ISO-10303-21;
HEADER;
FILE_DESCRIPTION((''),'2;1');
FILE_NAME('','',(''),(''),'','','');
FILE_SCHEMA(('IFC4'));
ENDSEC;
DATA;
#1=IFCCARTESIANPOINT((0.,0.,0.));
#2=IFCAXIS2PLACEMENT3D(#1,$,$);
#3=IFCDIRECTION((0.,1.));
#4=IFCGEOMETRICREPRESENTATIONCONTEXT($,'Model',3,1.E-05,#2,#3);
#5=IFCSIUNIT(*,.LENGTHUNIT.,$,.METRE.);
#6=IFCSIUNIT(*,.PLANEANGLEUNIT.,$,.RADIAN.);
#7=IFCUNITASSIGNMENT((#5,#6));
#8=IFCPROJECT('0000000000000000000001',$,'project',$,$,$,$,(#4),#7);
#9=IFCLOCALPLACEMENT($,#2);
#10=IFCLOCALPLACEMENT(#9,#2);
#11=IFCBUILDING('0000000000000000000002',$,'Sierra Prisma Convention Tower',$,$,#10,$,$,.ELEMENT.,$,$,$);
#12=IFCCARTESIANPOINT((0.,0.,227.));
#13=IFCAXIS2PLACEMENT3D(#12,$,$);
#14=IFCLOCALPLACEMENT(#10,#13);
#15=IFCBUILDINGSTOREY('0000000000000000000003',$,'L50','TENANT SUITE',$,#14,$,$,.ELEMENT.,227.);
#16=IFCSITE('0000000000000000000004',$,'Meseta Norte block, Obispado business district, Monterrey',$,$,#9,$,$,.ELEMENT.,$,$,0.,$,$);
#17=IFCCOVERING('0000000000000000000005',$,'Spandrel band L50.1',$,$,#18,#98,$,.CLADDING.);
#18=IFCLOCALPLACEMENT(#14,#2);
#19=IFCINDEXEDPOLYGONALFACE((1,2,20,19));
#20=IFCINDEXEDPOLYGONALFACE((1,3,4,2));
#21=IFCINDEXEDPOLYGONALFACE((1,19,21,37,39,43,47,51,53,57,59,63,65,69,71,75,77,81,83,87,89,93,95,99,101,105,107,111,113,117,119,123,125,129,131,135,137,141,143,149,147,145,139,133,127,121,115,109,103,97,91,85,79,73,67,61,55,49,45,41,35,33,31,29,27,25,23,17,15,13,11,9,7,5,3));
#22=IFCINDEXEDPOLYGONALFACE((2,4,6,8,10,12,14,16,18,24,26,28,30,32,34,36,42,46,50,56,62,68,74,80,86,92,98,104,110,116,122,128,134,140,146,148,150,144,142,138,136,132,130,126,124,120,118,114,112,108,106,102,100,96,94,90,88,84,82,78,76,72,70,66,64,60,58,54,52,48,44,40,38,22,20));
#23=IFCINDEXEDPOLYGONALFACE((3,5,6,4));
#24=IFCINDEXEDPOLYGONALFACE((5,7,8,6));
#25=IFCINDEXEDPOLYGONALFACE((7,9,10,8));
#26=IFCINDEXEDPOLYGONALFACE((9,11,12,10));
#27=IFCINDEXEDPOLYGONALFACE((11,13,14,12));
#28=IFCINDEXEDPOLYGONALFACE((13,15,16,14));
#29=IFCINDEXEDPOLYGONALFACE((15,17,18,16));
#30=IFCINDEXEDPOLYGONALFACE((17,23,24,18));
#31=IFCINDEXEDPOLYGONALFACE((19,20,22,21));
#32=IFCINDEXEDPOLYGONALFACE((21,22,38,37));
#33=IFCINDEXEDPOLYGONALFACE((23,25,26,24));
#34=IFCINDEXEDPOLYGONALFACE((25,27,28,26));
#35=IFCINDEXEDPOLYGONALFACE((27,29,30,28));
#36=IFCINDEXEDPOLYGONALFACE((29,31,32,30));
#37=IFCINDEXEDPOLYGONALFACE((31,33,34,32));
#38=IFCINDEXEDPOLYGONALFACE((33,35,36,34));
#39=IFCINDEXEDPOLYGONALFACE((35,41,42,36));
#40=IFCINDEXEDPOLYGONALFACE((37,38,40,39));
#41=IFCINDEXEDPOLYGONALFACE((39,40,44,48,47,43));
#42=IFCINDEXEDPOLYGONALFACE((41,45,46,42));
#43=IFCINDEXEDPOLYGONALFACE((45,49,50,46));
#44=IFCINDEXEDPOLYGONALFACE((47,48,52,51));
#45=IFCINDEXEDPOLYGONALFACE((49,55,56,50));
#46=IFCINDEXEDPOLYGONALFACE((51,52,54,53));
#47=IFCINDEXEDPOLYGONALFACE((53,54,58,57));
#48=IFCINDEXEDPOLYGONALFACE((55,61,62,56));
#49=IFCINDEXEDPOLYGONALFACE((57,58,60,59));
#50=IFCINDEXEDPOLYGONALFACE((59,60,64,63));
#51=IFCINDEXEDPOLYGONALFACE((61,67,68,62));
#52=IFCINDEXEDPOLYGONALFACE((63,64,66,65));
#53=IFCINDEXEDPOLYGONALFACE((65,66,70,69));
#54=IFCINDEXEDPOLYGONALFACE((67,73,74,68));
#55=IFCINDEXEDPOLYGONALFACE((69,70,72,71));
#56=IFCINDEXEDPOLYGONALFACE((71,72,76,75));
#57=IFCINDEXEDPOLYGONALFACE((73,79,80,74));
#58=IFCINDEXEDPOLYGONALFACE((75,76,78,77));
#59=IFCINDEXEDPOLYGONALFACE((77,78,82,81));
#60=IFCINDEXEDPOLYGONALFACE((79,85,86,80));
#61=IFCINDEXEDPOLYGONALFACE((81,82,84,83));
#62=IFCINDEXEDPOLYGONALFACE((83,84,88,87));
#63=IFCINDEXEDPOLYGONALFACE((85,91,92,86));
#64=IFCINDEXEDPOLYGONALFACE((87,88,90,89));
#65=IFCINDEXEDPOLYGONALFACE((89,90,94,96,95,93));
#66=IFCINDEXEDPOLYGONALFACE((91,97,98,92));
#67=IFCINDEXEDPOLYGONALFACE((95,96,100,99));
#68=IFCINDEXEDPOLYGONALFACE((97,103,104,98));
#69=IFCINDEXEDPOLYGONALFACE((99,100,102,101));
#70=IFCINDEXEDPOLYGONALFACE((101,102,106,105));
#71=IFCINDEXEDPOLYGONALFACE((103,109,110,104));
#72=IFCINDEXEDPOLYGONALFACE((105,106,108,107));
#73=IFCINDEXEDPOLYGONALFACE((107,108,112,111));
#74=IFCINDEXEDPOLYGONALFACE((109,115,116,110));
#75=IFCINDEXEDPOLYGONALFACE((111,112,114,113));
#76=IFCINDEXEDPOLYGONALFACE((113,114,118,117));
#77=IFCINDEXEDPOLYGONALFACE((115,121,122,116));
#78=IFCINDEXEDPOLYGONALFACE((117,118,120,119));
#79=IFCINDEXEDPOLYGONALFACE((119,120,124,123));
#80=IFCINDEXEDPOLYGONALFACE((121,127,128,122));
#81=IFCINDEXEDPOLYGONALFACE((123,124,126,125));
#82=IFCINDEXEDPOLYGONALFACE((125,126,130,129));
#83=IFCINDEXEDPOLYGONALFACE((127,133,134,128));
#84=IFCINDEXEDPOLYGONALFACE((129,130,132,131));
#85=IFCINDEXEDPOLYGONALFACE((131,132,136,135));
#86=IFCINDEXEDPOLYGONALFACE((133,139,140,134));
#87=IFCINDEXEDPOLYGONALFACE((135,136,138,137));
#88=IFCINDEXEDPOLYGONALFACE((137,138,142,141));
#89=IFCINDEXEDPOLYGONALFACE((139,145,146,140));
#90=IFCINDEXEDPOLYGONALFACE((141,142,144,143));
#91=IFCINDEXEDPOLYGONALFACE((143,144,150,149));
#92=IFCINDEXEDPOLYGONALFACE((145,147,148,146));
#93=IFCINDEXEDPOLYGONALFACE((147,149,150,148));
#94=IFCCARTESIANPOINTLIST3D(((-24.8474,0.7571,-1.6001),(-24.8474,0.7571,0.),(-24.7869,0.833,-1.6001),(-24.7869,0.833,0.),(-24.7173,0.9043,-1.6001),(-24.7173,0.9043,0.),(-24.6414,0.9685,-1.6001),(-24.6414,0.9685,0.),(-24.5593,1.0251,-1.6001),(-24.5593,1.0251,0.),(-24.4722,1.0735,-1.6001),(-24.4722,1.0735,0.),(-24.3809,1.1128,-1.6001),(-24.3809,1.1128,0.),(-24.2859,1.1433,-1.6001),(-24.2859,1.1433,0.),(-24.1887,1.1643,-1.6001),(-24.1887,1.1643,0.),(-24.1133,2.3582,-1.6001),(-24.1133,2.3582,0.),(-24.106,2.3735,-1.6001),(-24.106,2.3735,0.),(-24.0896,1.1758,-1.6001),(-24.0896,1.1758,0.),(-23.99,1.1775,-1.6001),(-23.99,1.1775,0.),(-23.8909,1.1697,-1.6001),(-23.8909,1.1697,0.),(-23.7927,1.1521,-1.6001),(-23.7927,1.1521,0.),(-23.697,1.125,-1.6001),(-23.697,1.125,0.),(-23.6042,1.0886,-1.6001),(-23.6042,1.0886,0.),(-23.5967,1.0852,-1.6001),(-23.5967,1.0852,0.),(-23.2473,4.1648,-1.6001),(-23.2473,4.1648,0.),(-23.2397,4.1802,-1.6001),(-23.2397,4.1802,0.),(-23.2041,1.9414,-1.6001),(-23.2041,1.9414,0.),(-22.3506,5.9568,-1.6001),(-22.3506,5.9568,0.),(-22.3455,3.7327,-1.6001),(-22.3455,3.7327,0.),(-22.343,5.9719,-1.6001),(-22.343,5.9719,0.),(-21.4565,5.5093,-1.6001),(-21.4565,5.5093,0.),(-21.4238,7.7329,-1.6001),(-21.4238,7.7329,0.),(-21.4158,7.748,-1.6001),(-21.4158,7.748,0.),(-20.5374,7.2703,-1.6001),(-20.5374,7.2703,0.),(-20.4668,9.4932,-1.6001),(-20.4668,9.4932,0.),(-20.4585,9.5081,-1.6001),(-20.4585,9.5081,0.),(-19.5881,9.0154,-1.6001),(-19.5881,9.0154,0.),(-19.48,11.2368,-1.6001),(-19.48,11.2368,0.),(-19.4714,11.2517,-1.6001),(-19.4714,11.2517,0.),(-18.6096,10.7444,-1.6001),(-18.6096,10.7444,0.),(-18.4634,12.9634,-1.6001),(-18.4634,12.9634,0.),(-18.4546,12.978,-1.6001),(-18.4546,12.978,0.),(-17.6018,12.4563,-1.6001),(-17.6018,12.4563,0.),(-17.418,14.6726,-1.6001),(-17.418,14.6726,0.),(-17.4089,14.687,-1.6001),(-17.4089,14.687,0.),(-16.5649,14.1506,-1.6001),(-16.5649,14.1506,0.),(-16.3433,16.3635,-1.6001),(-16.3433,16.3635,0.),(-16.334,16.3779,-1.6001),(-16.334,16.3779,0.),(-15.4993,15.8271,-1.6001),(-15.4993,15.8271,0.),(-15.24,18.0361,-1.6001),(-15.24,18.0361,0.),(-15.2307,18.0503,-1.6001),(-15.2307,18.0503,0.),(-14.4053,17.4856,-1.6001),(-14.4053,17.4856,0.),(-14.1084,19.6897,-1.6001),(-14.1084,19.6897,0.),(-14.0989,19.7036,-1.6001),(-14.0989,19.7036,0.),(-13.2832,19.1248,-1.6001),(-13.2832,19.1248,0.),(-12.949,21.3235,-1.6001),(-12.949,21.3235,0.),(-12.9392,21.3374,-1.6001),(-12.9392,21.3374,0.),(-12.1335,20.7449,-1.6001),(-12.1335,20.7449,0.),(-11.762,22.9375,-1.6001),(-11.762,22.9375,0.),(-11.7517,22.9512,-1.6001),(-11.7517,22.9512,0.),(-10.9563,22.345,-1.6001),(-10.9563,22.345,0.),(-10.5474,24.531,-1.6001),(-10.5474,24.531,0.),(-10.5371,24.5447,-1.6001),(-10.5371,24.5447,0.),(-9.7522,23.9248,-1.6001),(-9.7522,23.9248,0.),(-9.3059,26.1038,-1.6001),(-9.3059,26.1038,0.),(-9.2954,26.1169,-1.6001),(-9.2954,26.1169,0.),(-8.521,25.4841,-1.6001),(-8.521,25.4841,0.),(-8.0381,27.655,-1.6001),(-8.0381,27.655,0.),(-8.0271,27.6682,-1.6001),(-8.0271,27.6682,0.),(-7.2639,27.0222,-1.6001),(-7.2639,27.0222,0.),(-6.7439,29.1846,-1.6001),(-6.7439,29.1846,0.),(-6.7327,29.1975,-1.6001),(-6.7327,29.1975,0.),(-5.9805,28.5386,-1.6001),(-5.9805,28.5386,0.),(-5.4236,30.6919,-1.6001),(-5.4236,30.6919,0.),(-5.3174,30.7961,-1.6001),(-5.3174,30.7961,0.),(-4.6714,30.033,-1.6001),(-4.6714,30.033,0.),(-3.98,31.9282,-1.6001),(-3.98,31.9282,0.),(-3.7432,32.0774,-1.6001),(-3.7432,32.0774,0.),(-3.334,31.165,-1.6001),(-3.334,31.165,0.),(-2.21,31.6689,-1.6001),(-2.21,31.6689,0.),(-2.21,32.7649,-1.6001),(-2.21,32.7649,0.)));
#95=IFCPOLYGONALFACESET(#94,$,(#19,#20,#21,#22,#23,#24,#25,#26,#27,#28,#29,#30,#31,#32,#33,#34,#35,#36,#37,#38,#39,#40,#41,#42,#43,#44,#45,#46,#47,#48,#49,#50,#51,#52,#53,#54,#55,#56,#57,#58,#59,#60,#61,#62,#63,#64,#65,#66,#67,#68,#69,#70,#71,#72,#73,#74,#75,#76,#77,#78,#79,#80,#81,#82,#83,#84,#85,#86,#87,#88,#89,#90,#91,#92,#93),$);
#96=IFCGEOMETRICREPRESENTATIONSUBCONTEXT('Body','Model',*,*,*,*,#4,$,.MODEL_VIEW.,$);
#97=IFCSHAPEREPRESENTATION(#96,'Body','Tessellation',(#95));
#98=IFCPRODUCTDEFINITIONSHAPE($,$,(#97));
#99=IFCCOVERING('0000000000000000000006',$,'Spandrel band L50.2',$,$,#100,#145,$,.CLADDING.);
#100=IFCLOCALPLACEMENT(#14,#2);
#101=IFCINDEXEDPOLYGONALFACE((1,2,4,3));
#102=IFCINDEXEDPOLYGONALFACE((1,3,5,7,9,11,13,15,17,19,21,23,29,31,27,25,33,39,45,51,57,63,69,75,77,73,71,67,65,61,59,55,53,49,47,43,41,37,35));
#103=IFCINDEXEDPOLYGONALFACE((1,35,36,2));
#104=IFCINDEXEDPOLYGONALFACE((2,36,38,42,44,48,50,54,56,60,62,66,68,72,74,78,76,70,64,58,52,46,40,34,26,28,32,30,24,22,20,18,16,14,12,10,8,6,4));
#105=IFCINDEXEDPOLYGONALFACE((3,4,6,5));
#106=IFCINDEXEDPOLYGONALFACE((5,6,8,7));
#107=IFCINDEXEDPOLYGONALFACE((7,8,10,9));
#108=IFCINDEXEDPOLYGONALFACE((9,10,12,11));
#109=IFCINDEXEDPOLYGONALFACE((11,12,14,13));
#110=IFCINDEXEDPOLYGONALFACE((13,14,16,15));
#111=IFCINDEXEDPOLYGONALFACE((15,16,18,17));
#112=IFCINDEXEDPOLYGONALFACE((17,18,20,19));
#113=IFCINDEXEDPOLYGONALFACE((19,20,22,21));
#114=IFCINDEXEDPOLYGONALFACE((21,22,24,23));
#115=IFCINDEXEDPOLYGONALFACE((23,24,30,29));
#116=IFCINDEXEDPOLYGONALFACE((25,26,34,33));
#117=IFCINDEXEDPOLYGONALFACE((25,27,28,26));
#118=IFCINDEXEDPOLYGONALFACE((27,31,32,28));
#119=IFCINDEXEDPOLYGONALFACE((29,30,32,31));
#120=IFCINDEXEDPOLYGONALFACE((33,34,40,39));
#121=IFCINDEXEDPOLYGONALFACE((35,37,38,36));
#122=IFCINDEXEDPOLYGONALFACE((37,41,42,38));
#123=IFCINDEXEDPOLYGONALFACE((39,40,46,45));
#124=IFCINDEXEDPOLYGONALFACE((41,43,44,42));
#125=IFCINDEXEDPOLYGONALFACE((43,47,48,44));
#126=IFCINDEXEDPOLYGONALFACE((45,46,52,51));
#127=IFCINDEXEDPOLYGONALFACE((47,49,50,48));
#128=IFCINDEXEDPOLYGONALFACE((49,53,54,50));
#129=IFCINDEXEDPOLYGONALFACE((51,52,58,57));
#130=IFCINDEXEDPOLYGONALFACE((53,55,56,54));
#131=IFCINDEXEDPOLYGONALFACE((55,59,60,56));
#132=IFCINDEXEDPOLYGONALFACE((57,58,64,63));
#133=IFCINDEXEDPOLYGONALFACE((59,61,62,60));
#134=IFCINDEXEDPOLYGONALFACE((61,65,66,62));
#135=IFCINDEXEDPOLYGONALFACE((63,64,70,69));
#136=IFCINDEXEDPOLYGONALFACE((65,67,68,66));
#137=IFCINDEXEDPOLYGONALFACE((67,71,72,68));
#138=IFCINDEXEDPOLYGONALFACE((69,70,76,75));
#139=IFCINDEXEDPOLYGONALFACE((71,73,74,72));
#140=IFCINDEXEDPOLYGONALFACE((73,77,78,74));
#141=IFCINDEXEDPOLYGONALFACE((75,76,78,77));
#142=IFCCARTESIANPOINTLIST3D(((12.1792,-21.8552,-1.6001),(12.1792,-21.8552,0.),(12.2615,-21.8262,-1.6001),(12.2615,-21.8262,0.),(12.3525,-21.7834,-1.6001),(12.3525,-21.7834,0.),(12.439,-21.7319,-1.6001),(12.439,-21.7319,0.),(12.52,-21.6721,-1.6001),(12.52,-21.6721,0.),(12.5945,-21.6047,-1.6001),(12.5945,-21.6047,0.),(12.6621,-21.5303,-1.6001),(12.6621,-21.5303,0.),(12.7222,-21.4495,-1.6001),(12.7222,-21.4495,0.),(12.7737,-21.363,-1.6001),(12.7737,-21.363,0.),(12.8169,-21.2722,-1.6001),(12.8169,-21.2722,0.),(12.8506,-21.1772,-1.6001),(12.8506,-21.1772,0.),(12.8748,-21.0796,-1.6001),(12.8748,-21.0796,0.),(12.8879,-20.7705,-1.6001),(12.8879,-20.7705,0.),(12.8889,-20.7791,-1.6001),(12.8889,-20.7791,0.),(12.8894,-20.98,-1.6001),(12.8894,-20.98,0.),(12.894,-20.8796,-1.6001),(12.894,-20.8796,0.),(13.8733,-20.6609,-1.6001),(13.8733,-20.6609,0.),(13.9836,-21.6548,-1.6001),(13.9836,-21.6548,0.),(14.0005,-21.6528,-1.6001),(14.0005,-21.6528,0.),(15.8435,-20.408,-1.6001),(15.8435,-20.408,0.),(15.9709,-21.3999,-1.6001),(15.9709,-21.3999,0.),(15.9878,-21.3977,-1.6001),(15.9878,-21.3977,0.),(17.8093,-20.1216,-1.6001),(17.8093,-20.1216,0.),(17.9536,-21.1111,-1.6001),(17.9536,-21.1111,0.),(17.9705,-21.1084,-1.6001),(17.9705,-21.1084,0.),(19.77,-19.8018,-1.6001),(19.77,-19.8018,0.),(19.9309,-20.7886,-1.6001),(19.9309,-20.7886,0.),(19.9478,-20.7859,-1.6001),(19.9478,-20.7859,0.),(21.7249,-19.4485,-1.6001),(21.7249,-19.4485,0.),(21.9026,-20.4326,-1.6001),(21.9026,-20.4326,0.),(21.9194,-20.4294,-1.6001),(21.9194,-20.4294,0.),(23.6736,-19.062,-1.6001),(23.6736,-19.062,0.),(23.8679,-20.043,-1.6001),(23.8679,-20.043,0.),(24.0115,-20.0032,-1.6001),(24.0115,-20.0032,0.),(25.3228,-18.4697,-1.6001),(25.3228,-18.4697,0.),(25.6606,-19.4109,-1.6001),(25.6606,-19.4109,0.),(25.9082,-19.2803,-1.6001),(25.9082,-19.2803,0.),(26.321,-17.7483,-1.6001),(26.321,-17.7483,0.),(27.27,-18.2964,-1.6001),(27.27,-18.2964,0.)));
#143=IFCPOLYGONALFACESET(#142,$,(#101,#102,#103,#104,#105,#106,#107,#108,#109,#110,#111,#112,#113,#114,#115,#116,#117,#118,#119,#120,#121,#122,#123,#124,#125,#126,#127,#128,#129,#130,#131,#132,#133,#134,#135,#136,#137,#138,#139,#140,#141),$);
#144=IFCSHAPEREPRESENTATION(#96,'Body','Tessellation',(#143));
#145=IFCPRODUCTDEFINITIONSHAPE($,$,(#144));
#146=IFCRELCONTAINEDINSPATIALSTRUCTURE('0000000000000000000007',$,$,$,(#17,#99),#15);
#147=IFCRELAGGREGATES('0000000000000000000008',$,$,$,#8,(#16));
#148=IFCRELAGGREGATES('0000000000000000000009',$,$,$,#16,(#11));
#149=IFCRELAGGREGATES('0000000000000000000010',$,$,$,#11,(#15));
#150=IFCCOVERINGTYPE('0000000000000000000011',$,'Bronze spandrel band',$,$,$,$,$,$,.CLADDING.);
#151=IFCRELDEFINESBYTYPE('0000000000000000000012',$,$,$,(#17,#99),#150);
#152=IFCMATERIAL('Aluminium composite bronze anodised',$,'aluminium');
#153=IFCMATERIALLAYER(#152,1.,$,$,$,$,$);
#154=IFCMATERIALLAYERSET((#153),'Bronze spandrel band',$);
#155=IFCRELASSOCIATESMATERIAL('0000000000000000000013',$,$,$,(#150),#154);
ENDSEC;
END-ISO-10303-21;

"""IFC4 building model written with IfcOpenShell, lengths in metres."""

from ifc_helpers import new_model, si_unit, direction, frame, origin, place, context, subcontext, project, spatial, polyline, outline, extrude, material, layer, layer_set, type_object, element, save


model = new_model("IFC4")

# Units and contexts
model_context = context("Model", 3, precision=1e-05, world=origin(), true_north=direction((0.0, 1.0)))
body_context = subcontext(model_context, "Body", "Model", "MODEL_VIEW")
ifc_project = project(units=[si_unit("LENGTHUNIT", "METRE"), si_unit("PLANEANGLEUNIT", "RADIAN")], contexts=[model_context])

# Site, building, storey
site_placement = place(None, origin())
site = spatial("IfcSite", under=ifc_project, at=site_placement, Name="Meseta Norte block, Obispado business district, Monterrey", CompositionType="ELEMENT", RefElevation=0.0)
building_placement = place(site_placement, origin())
building = spatial("IfcBuilding", under=site, at=building_placement, Name="Sierra Prisma Convention Tower", CompositionType="ELEMENT")
storey_placement = place(building_placement, frame((0.0, 0.0, 227.0)))
storey = spatial("IfcBuildingStorey", under=building, at=storey_placement, Name="L50", Description="TENANT SUITE", CompositionType="ELEMENT", Elevation=227.0)

# Coverings
ifc_material_1 = material(Name="Aluminium composite bronze anodised", Category="aluminium")
ifc_layer_1 = layer(ifc_material_1, 1.0)
ifc_layer_set_1 = layer_set([ifc_layer_1], Name="Bronze spandrel band")
covering_type_1 = type_object("IfcCoveringType", Name="Bronze spandrel band", PredefinedType="CLADDING", material=ifc_layer_set_1)
covering_1_placement = place(storey_placement, frame((0.0, 0.0, -1.6001)))
element("IfcCovering", 1, at=covering_1_placement, inside=storey, type_object=covering_type_1, Name="Spandrel band L50.1", PredefinedType="CLADDING", context=body_context, shape_type="SweptSolid", body=[
    extrude(outline(polyline([(-24.1133, 2.3582), (-24.106, 2.3735), (-23.2473, 4.1648), (-23.2397, 4.1802), (-22.3506, 5.9568), (-22.343, 5.9719), (-21.4238, 7.7329), (-21.4158, 7.748), (-20.4668, 9.4932), (-20.4585, 9.5081), (-19.48, 11.2368), (-19.4714, 11.2517), (-18.4634, 12.9634), (-18.4546, 12.978), (-17.418, 14.6726), (-17.4089, 14.687), (-16.3433, 16.3635), (-16.334, 16.3779), (-15.24, 18.0361), (-15.2307, 18.0503), (-14.1084, 19.6897), (-14.0989, 19.7036), (-12.949, 21.3235), (-12.9392, 21.3374), (-11.762, 22.9375), (-11.7517, 22.9512), (-10.5474, 24.531), (-10.5371, 24.5447), (-9.3059, 26.1038), (-9.2954, 26.1169), (-8.0381, 27.655), (-8.0271, 27.6682), (-6.7439, 29.1846), (-6.7327, 29.1975), (-5.4236, 30.6919), (-5.3174, 30.7961), (-3.98, 31.9282), (-3.7432, 32.0774), (-2.21, 32.7649), (-2.21, 31.6689), (-3.334, 31.165), (-4.6714, 30.033), (-5.9805, 28.5386), (-7.2639, 27.0222), (-8.521, 25.4841), (-9.7522, 23.9248), (-10.9563, 22.345), (-12.1335, 20.7449), (-13.2832, 19.1248), (-14.4053, 17.4856), (-15.4993, 15.8271), (-16.5649, 14.1506), (-17.6018, 12.4563), (-18.6096, 10.7444), (-19.5881, 9.0154), (-20.5374, 7.2703), (-21.4565, 5.5093), (-22.3455, 3.7327), (-23.2041, 1.9414), (-23.5967, 1.0852), (-23.6042, 1.0886), (-23.697, 1.125), (-23.7927, 1.1521), (-23.8909, 1.1697), (-23.99, 1.1775), (-24.0896, 1.1758), (-24.1887, 1.1643), (-24.2859, 1.1433), (-24.3809, 1.1128), (-24.4722, 1.0735), (-24.5593, 1.0251), (-24.6414, 0.9685), (-24.7173, 0.9043), (-24.7869, 0.833), (-24.8474, 0.7571), (-24.1133, 2.3582)])), origin(), (0.0, 0.0, 1.0), 1.6001),
])
covering_2_placement = place(storey_placement, frame((0.0, 0.0, -1.6001)))
element("IfcCovering", 2, at=covering_2_placement, inside=storey, type_object=covering_type_1, Name="Spandrel band L50.2", PredefinedType="CLADDING", context=body_context, shape_type="SweptSolid", body=[
    extrude(outline(polyline([(13.8733, -20.6609), (15.8435, -20.408), (17.8093, -20.1216), (19.77, -19.8018), (21.7249, -19.4485), (23.6736, -19.062), (25.3228, -18.4697), (26.321, -17.7483), (27.27, -18.2964), (25.9082, -19.2803), (25.6606, -19.4109), (24.0115, -20.0032), (23.8679, -20.043), (21.9194, -20.4294), (21.9026, -20.4326), (19.9478, -20.7859), (19.9309, -20.7886), (17.9705, -21.1084), (17.9536, -21.1111), (15.9878, -21.3977), (15.9709, -21.3999), (14.0005, -21.6528), (13.9836, -21.6548), (12.1792, -21.8552), (12.2615, -21.8262), (12.3525, -21.7834), (12.439, -21.7319), (12.52, -21.6721), (12.5945, -21.6047), (12.6621, -21.5303), (12.7222, -21.4495), (12.7737, -21.363), (12.8169, -21.2722), (12.8506, -21.1772), (12.8748, -21.0796), (12.8894, -20.98), (12.894, -20.8796), (12.8889, -20.7791), (12.8879, -20.7705), (13.8733, -20.6609)])), origin(), (0.0, 0.0, 1.0), 1.6001),
])

save(model, "model.ifc")
